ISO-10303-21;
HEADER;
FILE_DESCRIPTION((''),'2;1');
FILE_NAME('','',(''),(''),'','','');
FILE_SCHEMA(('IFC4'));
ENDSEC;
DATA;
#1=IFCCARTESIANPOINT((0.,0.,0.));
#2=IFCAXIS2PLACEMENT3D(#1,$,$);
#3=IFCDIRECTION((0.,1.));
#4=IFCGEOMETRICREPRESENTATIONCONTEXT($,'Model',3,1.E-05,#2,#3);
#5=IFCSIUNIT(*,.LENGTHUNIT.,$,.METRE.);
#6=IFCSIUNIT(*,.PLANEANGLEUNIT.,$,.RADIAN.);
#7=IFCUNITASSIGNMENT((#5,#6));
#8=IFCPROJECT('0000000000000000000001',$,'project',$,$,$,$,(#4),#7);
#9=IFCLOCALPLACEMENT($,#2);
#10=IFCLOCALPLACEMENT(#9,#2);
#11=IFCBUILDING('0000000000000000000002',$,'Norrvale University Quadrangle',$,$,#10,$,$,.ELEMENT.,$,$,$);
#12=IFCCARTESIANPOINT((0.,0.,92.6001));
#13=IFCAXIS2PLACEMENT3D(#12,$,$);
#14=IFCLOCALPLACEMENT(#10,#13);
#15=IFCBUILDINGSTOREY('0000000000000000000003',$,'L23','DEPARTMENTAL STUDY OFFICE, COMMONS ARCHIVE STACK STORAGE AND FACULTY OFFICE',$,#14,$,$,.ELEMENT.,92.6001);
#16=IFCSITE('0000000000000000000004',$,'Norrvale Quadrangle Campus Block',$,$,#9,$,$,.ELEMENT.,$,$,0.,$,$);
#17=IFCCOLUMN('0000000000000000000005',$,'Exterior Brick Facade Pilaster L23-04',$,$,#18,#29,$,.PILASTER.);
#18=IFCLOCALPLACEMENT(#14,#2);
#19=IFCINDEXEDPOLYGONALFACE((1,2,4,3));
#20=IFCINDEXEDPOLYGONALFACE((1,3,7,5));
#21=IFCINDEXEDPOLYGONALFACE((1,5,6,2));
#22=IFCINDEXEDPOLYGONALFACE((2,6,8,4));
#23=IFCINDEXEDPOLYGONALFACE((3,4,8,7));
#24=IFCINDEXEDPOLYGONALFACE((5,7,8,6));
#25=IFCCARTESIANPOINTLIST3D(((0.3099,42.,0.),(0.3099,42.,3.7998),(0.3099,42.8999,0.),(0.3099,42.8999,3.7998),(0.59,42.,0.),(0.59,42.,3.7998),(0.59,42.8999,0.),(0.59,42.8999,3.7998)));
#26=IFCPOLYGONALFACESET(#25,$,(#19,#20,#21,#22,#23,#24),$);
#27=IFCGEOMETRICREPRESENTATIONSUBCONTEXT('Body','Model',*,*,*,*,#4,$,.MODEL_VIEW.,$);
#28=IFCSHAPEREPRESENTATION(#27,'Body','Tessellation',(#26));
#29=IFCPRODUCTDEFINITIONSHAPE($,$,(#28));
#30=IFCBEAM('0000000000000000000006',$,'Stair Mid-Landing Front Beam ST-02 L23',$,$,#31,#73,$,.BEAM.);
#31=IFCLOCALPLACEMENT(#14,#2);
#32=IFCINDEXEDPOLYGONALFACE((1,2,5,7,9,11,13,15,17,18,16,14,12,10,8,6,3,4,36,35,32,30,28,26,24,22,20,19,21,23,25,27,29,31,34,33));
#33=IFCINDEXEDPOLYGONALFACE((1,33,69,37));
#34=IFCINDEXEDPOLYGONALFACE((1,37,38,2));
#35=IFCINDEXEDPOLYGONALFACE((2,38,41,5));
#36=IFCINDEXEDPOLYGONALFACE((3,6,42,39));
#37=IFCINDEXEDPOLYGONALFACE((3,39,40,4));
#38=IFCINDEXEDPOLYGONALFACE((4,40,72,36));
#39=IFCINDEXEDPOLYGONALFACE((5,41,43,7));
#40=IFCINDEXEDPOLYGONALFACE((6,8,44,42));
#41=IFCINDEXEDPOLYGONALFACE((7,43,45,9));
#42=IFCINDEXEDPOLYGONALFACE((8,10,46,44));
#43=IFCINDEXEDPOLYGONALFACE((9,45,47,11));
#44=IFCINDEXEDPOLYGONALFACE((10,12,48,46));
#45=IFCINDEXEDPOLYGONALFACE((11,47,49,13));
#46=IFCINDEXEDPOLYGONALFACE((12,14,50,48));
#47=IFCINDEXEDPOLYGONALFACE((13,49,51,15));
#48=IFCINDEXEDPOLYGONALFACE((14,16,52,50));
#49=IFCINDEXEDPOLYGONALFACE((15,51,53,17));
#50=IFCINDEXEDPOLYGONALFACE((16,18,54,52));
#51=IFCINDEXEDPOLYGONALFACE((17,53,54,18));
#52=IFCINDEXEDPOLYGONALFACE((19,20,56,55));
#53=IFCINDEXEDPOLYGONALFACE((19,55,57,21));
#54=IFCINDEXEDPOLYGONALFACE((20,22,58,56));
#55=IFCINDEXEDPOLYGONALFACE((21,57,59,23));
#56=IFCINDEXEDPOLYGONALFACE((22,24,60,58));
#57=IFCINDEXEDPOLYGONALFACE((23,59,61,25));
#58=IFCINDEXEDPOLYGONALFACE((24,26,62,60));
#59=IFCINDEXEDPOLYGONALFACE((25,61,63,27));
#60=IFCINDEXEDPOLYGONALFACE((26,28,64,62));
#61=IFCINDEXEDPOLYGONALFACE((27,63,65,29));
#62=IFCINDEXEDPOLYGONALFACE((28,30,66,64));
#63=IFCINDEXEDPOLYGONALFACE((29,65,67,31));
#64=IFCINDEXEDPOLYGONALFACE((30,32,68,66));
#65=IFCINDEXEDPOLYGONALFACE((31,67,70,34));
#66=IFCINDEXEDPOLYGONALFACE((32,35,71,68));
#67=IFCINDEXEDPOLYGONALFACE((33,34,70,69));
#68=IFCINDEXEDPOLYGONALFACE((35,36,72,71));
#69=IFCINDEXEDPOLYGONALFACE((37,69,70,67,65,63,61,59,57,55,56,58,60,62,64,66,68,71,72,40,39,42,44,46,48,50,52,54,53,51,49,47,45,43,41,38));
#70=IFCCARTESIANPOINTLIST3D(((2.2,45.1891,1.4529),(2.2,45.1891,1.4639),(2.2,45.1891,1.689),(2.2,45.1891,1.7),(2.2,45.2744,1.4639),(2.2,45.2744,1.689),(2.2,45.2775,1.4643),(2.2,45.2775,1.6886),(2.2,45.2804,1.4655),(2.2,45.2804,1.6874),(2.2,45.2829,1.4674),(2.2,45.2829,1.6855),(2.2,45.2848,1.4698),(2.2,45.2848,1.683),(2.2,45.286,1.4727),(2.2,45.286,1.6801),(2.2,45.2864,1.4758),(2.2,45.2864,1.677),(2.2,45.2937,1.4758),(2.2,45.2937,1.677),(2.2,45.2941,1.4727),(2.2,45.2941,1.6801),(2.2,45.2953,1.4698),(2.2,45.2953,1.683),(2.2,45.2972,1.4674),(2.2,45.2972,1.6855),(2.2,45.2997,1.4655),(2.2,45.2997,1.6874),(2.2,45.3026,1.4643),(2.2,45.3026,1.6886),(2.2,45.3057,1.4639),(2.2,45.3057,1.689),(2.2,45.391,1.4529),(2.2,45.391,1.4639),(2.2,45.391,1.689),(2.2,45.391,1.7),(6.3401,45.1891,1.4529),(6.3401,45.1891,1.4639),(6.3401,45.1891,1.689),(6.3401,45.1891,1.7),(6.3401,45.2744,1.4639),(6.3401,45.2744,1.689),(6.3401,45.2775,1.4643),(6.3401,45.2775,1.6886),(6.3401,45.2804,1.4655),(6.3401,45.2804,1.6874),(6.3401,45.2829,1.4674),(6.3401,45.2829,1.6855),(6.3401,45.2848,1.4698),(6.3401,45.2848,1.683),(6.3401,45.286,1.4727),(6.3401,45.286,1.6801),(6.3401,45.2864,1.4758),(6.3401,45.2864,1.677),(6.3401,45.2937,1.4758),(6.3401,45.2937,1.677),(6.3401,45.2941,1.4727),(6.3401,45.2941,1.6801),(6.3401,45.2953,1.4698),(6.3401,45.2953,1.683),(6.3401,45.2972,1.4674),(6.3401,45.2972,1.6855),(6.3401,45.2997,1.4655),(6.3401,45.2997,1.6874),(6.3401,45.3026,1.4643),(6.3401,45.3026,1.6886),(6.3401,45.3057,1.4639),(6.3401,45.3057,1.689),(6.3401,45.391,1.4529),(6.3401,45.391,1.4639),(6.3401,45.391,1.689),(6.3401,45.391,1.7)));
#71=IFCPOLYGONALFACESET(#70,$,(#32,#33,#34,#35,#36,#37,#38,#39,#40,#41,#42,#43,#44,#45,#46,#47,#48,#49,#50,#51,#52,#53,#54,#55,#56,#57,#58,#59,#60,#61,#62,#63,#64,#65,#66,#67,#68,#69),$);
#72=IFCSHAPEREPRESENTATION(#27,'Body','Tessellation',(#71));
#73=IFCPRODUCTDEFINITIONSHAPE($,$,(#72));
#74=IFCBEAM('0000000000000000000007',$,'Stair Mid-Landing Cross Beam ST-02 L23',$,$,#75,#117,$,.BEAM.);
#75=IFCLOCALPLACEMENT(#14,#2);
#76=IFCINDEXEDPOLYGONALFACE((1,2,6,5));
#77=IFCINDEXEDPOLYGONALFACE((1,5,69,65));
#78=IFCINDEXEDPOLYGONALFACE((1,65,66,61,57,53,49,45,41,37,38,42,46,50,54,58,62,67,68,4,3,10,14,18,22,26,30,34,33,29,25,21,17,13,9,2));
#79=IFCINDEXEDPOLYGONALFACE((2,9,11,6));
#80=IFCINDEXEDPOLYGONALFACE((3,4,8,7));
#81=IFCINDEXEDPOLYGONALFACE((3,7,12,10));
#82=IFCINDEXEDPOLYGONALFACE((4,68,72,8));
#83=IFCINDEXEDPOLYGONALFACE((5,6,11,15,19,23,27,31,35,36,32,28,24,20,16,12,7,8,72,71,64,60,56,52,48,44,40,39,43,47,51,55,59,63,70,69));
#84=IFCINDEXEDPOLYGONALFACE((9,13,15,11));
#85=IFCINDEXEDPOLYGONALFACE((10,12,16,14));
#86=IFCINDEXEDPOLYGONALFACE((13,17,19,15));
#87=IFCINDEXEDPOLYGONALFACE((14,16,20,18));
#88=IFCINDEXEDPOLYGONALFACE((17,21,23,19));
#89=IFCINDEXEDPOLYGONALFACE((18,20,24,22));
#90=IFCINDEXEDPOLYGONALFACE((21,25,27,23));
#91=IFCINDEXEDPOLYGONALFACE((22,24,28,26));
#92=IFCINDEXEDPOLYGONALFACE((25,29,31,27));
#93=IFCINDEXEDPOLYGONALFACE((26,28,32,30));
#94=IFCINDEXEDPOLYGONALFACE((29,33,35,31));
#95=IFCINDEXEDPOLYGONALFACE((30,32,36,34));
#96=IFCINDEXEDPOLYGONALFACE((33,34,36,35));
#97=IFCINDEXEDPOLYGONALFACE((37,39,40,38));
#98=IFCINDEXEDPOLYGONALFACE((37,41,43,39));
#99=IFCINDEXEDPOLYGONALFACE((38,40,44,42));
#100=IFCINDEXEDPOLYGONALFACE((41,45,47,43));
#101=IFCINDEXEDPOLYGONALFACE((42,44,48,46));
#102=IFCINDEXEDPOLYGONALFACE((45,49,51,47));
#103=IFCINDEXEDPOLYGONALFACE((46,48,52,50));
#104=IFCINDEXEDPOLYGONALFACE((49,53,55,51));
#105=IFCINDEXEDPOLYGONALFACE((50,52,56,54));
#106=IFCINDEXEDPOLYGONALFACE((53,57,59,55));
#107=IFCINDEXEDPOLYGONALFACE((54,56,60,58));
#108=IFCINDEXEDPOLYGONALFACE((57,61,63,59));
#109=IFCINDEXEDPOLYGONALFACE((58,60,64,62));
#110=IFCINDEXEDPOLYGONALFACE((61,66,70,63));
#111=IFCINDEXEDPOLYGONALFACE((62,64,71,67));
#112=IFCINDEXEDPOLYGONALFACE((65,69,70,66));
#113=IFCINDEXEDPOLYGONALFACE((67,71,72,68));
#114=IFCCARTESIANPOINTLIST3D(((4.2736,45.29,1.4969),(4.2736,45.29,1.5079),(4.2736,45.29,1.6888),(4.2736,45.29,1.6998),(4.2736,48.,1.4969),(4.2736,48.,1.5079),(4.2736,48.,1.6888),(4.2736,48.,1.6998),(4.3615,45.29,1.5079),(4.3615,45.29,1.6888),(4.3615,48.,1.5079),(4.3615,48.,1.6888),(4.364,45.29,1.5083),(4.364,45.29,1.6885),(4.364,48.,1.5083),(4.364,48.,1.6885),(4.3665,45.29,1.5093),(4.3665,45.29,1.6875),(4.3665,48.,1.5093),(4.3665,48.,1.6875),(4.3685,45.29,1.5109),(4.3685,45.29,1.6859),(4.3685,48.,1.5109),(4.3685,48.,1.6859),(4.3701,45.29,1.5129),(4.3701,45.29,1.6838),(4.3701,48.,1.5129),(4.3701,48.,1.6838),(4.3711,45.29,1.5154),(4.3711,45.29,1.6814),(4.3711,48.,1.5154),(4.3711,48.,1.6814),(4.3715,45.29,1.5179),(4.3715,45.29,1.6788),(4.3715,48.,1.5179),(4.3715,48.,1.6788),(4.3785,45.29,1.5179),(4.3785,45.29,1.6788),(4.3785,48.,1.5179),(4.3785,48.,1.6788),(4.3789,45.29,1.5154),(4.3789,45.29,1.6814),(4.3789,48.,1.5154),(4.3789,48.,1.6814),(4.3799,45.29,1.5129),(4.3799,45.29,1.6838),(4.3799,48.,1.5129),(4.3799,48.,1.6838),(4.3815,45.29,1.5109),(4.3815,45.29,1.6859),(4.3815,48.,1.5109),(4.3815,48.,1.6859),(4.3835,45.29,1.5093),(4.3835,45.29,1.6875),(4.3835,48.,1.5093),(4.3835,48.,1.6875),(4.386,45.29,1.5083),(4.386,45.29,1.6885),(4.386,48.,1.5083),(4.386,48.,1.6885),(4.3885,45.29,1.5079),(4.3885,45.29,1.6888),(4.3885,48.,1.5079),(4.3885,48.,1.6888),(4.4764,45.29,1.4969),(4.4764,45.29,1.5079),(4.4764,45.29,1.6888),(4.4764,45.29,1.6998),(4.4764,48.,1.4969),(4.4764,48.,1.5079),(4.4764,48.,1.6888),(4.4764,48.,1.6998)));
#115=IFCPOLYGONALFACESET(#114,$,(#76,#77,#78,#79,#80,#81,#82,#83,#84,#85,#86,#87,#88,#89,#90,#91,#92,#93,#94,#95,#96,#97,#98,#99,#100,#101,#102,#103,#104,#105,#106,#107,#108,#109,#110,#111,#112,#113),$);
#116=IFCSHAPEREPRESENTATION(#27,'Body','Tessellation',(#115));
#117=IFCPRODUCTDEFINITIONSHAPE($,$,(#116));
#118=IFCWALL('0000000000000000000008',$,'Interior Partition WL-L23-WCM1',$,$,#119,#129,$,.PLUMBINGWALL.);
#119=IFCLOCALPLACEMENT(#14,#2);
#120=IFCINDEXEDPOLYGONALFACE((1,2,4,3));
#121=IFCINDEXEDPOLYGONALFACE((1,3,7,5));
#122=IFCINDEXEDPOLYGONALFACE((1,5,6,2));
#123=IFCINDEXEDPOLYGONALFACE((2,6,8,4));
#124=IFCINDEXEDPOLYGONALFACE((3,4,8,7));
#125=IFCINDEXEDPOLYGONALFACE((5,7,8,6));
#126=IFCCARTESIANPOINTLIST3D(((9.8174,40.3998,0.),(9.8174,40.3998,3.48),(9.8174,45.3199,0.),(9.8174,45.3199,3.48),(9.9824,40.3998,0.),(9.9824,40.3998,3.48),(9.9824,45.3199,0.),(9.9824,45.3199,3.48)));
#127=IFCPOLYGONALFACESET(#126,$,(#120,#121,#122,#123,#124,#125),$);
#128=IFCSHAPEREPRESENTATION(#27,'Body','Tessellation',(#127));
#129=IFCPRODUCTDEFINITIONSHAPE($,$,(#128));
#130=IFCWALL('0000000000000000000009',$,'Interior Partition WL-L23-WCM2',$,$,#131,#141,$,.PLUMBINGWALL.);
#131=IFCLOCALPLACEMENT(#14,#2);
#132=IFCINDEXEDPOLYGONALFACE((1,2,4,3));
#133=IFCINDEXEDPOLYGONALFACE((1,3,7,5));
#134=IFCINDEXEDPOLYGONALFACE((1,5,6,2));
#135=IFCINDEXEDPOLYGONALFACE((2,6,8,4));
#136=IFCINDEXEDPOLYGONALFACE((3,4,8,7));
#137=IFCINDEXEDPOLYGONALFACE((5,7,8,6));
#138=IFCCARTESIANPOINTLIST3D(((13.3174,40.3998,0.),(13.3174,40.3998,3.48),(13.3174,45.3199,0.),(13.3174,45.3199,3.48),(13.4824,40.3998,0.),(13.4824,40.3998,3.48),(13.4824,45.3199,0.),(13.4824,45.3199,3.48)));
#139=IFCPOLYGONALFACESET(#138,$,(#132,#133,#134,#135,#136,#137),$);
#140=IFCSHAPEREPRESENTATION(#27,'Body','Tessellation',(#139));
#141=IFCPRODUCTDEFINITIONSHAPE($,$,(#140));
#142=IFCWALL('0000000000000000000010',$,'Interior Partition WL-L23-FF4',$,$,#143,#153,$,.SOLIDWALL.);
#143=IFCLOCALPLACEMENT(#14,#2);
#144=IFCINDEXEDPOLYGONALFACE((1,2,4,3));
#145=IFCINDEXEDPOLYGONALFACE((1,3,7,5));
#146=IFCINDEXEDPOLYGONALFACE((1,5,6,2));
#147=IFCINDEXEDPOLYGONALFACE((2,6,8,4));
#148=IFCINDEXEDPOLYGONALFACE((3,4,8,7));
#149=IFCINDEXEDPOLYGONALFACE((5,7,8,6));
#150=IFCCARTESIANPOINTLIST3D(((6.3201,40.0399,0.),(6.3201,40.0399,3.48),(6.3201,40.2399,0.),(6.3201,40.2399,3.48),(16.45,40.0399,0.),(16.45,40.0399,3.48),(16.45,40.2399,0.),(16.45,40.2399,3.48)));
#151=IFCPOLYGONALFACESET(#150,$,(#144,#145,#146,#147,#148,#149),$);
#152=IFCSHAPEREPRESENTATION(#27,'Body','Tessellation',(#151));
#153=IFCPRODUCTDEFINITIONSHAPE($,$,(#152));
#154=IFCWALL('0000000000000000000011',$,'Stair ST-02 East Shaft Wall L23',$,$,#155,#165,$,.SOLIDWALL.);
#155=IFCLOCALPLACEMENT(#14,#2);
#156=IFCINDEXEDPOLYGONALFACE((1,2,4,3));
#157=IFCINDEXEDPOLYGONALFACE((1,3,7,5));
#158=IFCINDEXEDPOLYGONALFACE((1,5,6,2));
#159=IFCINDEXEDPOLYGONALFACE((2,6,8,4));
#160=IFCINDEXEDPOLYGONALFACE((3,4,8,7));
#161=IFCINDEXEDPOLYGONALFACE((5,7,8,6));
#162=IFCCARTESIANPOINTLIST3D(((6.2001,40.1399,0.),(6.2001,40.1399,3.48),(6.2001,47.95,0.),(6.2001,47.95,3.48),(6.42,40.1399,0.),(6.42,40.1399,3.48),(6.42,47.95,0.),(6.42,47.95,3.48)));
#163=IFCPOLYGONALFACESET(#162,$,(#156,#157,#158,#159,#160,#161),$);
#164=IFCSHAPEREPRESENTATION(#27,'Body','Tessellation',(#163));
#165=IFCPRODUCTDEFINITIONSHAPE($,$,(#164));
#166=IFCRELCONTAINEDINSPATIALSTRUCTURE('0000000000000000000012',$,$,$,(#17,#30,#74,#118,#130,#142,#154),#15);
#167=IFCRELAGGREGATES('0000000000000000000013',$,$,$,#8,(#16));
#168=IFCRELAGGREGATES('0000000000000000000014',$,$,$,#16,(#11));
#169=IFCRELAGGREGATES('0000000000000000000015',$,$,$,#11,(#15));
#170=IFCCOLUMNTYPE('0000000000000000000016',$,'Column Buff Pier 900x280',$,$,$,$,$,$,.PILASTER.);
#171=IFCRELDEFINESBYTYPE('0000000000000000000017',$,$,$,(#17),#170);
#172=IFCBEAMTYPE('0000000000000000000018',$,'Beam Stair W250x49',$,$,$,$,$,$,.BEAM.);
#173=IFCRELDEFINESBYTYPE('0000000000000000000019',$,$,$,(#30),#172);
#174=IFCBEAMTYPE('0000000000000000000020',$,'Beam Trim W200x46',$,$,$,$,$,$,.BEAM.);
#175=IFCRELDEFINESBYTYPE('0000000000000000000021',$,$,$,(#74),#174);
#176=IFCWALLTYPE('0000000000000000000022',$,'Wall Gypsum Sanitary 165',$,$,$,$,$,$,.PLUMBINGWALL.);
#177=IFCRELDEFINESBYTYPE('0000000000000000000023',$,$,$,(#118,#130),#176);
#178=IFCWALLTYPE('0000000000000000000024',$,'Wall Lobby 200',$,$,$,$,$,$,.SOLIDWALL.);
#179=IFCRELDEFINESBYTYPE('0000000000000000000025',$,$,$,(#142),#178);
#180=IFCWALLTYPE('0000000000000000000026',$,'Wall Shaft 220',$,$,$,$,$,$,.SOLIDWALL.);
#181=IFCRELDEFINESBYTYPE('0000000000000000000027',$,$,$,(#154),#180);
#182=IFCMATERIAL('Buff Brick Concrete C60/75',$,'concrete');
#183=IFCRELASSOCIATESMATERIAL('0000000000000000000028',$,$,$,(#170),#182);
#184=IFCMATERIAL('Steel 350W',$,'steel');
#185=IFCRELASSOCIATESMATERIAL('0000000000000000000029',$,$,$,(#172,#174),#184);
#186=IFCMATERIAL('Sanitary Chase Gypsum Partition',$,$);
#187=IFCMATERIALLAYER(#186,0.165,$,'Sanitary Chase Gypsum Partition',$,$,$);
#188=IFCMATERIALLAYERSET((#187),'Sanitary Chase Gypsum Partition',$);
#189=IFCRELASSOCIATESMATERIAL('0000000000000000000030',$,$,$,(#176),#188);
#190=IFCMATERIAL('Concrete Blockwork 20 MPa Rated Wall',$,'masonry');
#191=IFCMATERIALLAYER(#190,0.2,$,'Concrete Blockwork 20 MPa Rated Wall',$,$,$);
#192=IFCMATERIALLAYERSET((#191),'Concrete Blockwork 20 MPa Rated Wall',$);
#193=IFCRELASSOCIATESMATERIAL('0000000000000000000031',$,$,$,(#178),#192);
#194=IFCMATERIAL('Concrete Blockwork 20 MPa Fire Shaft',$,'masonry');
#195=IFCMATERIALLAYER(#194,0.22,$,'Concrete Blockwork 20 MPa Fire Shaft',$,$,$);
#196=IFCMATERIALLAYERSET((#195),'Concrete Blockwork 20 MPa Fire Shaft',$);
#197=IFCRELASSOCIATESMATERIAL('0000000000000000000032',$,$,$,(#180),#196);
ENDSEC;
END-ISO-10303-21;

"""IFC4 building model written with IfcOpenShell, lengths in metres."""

from ifc_helpers import new_model, si_unit, direction, frame, frame_2d, origin, origin_2d, place, context, subcontext, project, spatial, rectangle, i_section, extrude, material, layer, layer_set, material_profile, profile_set, type_object, element, save


model = new_model("IFC4")

# Units and contexts
model_context = context("Model", 3, precision=1e-05, world=origin(), true_north=direction((0.0, 1.0)))
body_context = subcontext(model_context, "Body", "Model", "MODEL_VIEW")
ifc_project = project(units=[si_unit("LENGTHUNIT", "METRE"), si_unit("PLANEANGLEUNIT", "RADIAN")], contexts=[model_context])

# Site, building, storey
site_placement = place(None, origin())
site = spatial("IfcSite", under=ifc_project, at=site_placement, Name="Norrvale Quadrangle Campus Block", CompositionType="ELEMENT", RefElevation=0.0)
building_placement = place(site_placement, origin())
building = spatial("IfcBuilding", under=site, at=building_placement, Name="Norrvale University Quadrangle", CompositionType="ELEMENT")
storey_placement = place(building_placement, frame((0.0, 0.0, 92.6001)))
storey = spatial("IfcBuildingStorey", under=building, at=storey_placement, Name="L23", Description="DEPARTMENTAL STUDY OFFICE, COMMONS ARCHIVE STACK STORAGE AND FACULTY OFFICE", CompositionType="ELEMENT", Elevation=92.6001)

# Column
ifc_material_1 = material(Name="Buff Brick Concrete C60/75", Category="concrete")
ifc_material_profile_1 = material_profile(ifc_material_1, rectangle(XDim=0.8999, YDim=0.28, at=origin_2d()), Name="Buff Brick Concrete C60/75")
ifc_profile_set_1 = profile_set([ifc_material_profile_1], Name="Buff Brick Concrete C60/75")
column_type = type_object("IfcColumnType", Name="Column Buff Pier 900x280", PredefinedType="PILASTER", material=ifc_profile_set_1)
column_placement = place(storey_placement, frame((0.45, 42.45, 0.0), z_axis=(0.0, 0.0, 1.0), x_axis=(0.0, 1.0, 0.0)))
element("IfcColumn", 1, at=column_placement, inside=storey, type_object=column_type, Name="Exterior Brick Facade Pilaster L23-04", PredefinedType="PILASTER", context=body_context, shape_type="SweptSolid", body=[
    extrude(rectangle(XDim=0.8999, YDim=0.28, at=origin_2d()), origin(), (0.0, 0.0, 1.0), 3.7998),
])

# Beams
ifc_material_2 = material(Name="Steel 350W", Category="steel")
ifc_material_profile_2 = material_profile(ifc_material_2, i_section(OverallWidth=0.2019, OverallDepth=0.2471, WebThickness=0.0073, FlangeThickness=0.011, FilletRadius=0.012, at=origin_2d()), Name="Steel 350W")
ifc_profile_set_2 = profile_set([ifc_material_profile_2], Name="Steel 350W")
beam_type_1 = type_object("IfcBeamType", Name="Beam Stair W250x49", PredefinedType="BEAM", material=ifc_profile_set_2)
beam_1_placement = place(storey_placement, frame((2.2, 45.29, 1.5764), z_axis=(1.0, 0.0, 0.0), x_axis=(0.0, 1.0, 0.0)))
element("IfcBeam", 2, at=beam_1_placement, inside=storey, type_object=beam_type_1, Name="Stair Mid-Landing Front Beam ST-02 L23", PredefinedType="BEAM", context=body_context, shape_type="SweptSolid", body=[
    extrude(i_section(OverallWidth=0.2019, OverallDepth=0.2471, WebThickness=0.0073, FlangeThickness=0.011, FilletRadius=0.012, at=origin_2d()), origin(), (0.0, 0.0, 1.0), 4.1401),
])
ifc_material_profile_3 = material_profile(ifc_material_2, i_section(OverallWidth=0.2029, OverallDepth=0.2029, WebThickness=0.0071, FlangeThickness=0.011, FilletRadius=0.01, at=origin_2d()), Name="Steel 350W")
ifc_profile_set_3 = profile_set([ifc_material_profile_3], Name="Steel 350W")
beam_type_2 = type_object("IfcBeamType", Name="Beam Trim W200x46", PredefinedType="BEAM", material=ifc_profile_set_3)
beam_2_placement = place(storey_placement, frame((4.375, 45.29, 1.5984), z_axis=(0.0, 1.0, 0.0), x_axis=(-1.0, 0.0, 0.0)))
element("IfcBeam", 3, at=beam_2_placement, inside=storey, type_object=beam_type_2, Name="Stair Mid-Landing Cross Beam ST-02 L23", PredefinedType="BEAM", context=body_context, shape_type="SweptSolid", body=[
    extrude(i_section(OverallWidth=0.2029, OverallDepth=0.2029, WebThickness=0.0071, FlangeThickness=0.011, FilletRadius=0.01, at=origin_2d()), origin(), (0.0, 0.0, 1.0), 2.71),
])

# Shared definitions
ifc_material_3 = material(Name="Sanitary Chase Gypsum Partition")
ifc_layer_1 = layer(ifc_material_3, 0.165, Name="Sanitary Chase Gypsum Partition")
ifc_layer_set_1 = layer_set([ifc_layer_1], Name="Sanitary Chase Gypsum Partition")
wall_type_1 = type_object("IfcWallType", Name="Wall Gypsum Sanitary 165", PredefinedType="PLUMBINGWALL", material=ifc_layer_set_1)

# Walls
for number, where, z_axis, x_axis, name in (
    (4, (9.8999, 40.3999, 0.0), (0.0, 0.0, 1.0), (0.0, 1.0, 0.0), "Interior Partition WL-L23-WCM1"),
    (5, (13.3999, 40.3999, 0.0), (0.0, 0.0, 1.0), (0.0, 1.0, 0.0), "Interior Partition WL-L23-WCM2"),
):
    element("IfcWall", number, at=place(storey_placement, frame(where, z_axis=z_axis, x_axis=x_axis)), inside=storey, type_object=wall_type_1, Name=name, PredefinedType="PLUMBINGWALL", context=body_context, shape_type="SweptSolid", body=[
        extrude(rectangle(XDim=4.9202, YDim=0.165, at=frame_2d((2.46, 0.0))), origin(), (0.0, 0.0, 1.0), 3.48),
    ])
ifc_material_4 = material(Name="Concrete Blockwork 20 MPa Rated Wall", Category="masonry")
ifc_layer_2 = layer(ifc_material_4, 0.2, Name="Concrete Blockwork 20 MPa Rated Wall")
ifc_layer_set_2 = layer_set([ifc_layer_2], Name="Concrete Blockwork 20 MPa Rated Wall")
wall_type_2 = type_object("IfcWallType", Name="Wall Lobby 200", PredefinedType="SOLIDWALL", material=ifc_layer_set_2)
wall_1_placement = place(storey_placement, frame((6.3201, 40.1399, 0.0), z_axis=(0.0, 0.0, 1.0), x_axis=(1.0, 0.0, 0.0)))
element("IfcWall", 6, at=wall_1_placement, inside=storey, type_object=wall_type_2, Name="Interior Partition WL-L23-FF4", PredefinedType="SOLIDWALL", context=body_context, shape_type="SweptSolid", body=[
    extrude(rectangle(XDim=10.1299, YDim=0.2, at=frame_2d((5.0649, 0.0))), origin(), (0.0, 0.0, 1.0), 3.48),
])
ifc_material_5 = material(Name="Concrete Blockwork 20 MPa Fire Shaft", Category="masonry")
ifc_layer_3 = layer(ifc_material_5, 0.22, Name="Concrete Blockwork 20 MPa Fire Shaft")
ifc_layer_set_3 = layer_set([ifc_layer_3], Name="Concrete Blockwork 20 MPa Fire Shaft")
wall_type_3 = type_object("IfcWallType", Name="Wall Shaft 220", PredefinedType="SOLIDWALL", material=ifc_layer_set_3)
wall_2_placement = place(storey_placement, frame((6.3101, 40.1399, 0.0), z_axis=(0.0, 0.0, 1.0), x_axis=(0.0, 1.0, 0.0)))
element("IfcWall", 7, at=wall_2_placement, inside=storey, type_object=wall_type_3, Name="Stair ST-02 East Shaft Wall L23", PredefinedType="SOLIDWALL", context=body_context, shape_type="SweptSolid", body=[
    extrude(rectangle(XDim=7.8101, YDim=0.22, at=frame_2d((3.905, 0.0))), origin(), (0.0, 0.0, 1.0), 3.48),
])

save(model, "model.ifc")
